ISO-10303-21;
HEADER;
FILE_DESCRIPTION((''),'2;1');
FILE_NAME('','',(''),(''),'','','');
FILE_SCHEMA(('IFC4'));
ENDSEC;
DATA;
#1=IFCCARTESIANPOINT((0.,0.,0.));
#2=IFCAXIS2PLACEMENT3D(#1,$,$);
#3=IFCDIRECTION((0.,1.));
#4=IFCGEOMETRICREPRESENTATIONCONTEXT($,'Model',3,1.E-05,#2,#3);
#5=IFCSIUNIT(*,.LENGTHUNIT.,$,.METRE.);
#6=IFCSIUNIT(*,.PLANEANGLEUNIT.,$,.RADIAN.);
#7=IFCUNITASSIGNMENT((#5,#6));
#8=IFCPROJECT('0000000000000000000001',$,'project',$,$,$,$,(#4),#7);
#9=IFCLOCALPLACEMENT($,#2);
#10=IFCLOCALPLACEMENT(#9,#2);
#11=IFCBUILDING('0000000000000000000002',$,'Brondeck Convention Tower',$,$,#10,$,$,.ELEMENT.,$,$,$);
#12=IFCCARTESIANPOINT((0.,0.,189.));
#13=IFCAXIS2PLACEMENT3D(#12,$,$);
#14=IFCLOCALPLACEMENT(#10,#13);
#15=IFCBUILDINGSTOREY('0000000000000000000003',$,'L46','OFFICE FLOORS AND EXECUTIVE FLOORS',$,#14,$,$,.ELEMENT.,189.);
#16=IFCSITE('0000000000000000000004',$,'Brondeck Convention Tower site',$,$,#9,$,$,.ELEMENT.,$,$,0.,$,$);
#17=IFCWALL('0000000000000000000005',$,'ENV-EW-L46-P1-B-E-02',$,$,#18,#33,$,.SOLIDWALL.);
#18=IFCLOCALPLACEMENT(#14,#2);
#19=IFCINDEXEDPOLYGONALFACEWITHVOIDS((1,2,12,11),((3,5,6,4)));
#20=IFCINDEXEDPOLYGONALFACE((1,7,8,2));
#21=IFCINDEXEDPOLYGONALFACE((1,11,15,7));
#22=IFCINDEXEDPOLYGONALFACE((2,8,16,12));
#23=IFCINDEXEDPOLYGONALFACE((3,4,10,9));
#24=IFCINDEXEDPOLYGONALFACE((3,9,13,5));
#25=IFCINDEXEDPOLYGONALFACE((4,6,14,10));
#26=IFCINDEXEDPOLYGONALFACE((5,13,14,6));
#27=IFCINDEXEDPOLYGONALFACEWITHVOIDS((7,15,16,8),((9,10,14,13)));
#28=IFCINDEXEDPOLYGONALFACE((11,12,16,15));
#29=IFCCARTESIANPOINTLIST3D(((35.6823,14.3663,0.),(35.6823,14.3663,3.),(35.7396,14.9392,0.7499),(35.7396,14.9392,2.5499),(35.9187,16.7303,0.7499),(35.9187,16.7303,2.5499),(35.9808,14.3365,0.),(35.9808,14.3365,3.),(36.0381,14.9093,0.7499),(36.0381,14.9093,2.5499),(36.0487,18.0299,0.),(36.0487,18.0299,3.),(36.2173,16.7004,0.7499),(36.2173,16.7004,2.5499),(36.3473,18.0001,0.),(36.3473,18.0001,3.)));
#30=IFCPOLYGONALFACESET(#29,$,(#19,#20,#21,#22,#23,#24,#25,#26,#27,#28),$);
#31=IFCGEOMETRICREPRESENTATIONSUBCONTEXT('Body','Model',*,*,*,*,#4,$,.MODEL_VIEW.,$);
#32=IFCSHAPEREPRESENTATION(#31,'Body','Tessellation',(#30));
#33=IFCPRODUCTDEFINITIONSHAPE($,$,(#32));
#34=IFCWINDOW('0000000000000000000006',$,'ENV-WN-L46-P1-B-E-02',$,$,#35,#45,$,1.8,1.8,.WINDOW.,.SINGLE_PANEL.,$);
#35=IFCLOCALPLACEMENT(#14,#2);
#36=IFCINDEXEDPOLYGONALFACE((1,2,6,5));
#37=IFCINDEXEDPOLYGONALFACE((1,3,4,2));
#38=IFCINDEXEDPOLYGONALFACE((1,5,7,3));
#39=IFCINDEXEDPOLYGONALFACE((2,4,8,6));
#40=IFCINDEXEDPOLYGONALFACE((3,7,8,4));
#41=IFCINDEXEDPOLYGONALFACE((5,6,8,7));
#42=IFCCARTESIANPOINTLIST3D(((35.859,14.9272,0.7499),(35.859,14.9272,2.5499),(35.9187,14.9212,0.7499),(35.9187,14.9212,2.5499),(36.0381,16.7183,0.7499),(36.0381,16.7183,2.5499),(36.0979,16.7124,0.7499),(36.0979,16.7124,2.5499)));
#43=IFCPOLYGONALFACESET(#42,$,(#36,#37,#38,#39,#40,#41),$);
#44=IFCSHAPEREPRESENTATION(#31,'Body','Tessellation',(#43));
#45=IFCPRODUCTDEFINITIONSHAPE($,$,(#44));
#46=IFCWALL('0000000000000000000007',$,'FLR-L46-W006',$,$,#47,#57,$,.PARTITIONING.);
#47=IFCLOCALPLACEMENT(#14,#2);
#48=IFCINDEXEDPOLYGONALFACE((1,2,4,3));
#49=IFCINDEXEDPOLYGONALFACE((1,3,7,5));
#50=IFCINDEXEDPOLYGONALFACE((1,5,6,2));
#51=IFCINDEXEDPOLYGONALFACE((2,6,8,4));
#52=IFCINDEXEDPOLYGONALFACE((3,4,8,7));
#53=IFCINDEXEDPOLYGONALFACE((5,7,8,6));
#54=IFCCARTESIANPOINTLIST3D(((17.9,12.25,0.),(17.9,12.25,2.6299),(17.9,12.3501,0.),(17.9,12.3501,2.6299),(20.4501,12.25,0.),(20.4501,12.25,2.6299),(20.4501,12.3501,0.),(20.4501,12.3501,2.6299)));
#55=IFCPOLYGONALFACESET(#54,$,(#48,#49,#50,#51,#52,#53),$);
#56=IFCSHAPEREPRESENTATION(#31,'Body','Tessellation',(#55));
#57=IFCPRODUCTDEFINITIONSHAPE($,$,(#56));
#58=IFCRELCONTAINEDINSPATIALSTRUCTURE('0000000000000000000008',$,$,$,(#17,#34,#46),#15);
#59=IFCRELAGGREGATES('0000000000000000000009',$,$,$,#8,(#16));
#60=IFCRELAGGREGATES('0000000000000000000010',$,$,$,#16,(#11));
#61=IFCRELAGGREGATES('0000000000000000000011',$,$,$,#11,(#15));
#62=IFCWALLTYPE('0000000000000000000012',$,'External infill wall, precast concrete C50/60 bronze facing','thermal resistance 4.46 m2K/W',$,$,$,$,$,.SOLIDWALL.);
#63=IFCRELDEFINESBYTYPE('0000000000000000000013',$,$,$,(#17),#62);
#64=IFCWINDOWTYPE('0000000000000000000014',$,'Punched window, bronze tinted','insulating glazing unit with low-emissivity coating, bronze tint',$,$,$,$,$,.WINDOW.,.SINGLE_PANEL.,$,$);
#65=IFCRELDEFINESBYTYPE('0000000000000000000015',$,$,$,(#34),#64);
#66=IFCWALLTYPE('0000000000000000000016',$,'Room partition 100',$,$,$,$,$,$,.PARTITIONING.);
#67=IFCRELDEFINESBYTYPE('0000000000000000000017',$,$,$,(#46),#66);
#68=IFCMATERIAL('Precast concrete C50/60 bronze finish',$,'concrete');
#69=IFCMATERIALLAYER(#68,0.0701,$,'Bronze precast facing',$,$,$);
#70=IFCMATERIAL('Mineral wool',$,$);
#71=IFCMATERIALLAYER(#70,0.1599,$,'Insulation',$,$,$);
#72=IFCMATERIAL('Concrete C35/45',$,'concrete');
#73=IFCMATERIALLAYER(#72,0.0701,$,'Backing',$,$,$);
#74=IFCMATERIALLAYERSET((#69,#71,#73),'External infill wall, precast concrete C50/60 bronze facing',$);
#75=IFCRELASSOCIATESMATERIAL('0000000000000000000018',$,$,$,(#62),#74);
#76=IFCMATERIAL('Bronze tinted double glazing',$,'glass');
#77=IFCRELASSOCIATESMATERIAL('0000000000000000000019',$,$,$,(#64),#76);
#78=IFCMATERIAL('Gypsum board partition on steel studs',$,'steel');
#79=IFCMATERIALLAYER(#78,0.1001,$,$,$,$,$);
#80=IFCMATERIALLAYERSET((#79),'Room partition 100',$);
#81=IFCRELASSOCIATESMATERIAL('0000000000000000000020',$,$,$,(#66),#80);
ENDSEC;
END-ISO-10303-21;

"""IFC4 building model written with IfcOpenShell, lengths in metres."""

from ifc_helpers import new_model, si_unit, direction, frame, frame_2d, origin, place, context, subcontext, project, spatial, rectangle, extrude, material, layer, layer_set, type_object, element, fill, save


model = new_model("IFC4")

# Units and contexts
model_context = context("Model", 3, precision=1e-05, world=origin(), true_north=direction((0.0, 1.0)))
body_context = subcontext(model_context, "Body", "Model", "MODEL_VIEW")
ifc_project = project(units=[si_unit("LENGTHUNIT", "METRE"), si_unit("PLANEANGLEUNIT", "RADIAN")], contexts=[model_context])

# Site, building, storey
site_placement = place(None, origin())
site = spatial("IfcSite", under=ifc_project, at=site_placement, Name="Brondeck Convention Tower site", CompositionType="ELEMENT", RefElevation=0.0)
building_placement = place(site_placement, origin())
building = spatial("IfcBuilding", under=site, at=building_placement, Name="Brondeck Convention Tower", CompositionType="ELEMENT")
storey_placement = place(building_placement, frame((0.0, 0.0, 189.0)))
storey = spatial("IfcBuildingStorey", under=building, at=storey_placement, Name="L46", Description="OFFICE FLOORS AND EXECUTIVE FLOORS", CompositionType="ELEMENT", Elevation=189.0)

# Shared definitions
ifc_material_1 = material(Name="Precast concrete C50/60 bronze finish", Category="concrete")
ifc_layer_1 = layer(ifc_material_1, 0.0701, Name="Bronze precast facing")
ifc_material_2 = material(Name="Mineral wool")
ifc_layer_2 = layer(ifc_material_2, 0.1599, Name="Insulation")
ifc_material_3 = material(Name="Concrete C35/45", Category="concrete")
ifc_layer_3 = layer(ifc_material_3, 0.0701, Name="Backing")
ifc_layer_set_1 = layer_set([ifc_layer_1, ifc_layer_2, ifc_layer_3], Name="External infill wall, precast concrete C50/60 bronze facing")
wall_type_1 = type_object("IfcWallType", Name="External infill wall, precast concrete C50/60 bronze facing", Description="thermal resistance 4.46 m2K/W", PredefinedType="SOLIDWALL", material=ifc_layer_set_1)
ifc_material_4 = material(Name="Bronze tinted double glazing", Category="glass")
window_type_1 = type_object("IfcWindowType", Name="Punched window, bronze tinted", Description="insulating glazing unit with low-emissivity coating, bronze tint", PartitioningType="SINGLE_PANEL", PredefinedType="WINDOW", material=ifc_material_4)

# Wall, opening, window
wall_1_placement = place(storey_placement, frame((36.198, 18.0149, 0.0), z_axis=(0.0, 0.0, 1.0), x_axis=(-0.09953, -0.995035, 0.0)))
wall_1 = element("IfcWall", 1, at=wall_1_placement, inside=storey, type_object=wall_type_1, Name="ENV-EW-L46-P1-B-E-02", PredefinedType="SOLIDWALL", context=body_context, shape_type="SweptSolid", body=[
    extrude(rectangle(XDim=3.6819, YDim=0.3, at=frame_2d((1.8408, 0.0))), origin(), (0.0, 0.0, 1.0), 3.0),
])
opening_1_placement = place(wall_1_placement, frame((1.3062, 0.0, 0.75)))
opening_1 = element("IfcOpeningElement", 2, at=opening_1_placement, cuts=wall_1, PredefinedType="OPENING", context=body_context, shape_type="SweptSolid", body=[
    extrude(rectangle(XDim=1.8, YDim=1.8, at=frame_2d((0.8999, 0.8999))), frame((0.0, 0.1599, 0.0), z_axis=(0.0, -1.0, 0.0), x_axis=(1.0, 0.0, 0.0)), (0.0, 0.0, 1.0), 0.3201),
])
window_1_placement = place(opening_1_placement, origin())
window_1 = element("IfcWindow", 3, at=window_1_placement, inside=storey, type_object=window_type_1, Name="ENV-WN-L46-P1-B-E-02", OverallHeight=1.8, OverallWidth=1.8, PartitioningType="SINGLE_PANEL", PredefinedType="WINDOW", context=body_context, shape_type="SweptSolid", body=[
    extrude(rectangle(XDim=1.8, YDim=1.8, at=frame_2d((0.8999, 0.8999))), frame((0.0, 0.03, 0.0), z_axis=(0.0, -1.0, 0.0), x_axis=(1.0, 0.0, 0.0)), (0.0, 0.0, 1.0), 0.0601),
])
fill(opening_1, window_1)

# Wall
ifc_material_5 = material(Name="Gypsum board partition on steel studs", Category="steel")
ifc_layer_4 = layer(ifc_material_5, 0.1001)
ifc_layer_set_2 = layer_set([ifc_layer_4], Name="Room partition 100")
wall_type_2 = type_object("IfcWallType", Name="Room partition 100", PredefinedType="PARTITIONING", material=ifc_layer_set_2)
wall_2_placement = place(storey_placement, frame((20.45, 12.3, 0.0), z_axis=(0.0, 0.0, 1.0), x_axis=(-1.0, 0.0, 0.0)))
element("IfcWall", 4, at=wall_2_placement, inside=storey, type_object=wall_type_2, Name="FLR-L46-W006", PredefinedType="PARTITIONING", context=body_context, shape_type="SweptSolid", body=[
    extrude(rectangle(XDim=2.55, YDim=0.1001, at=frame_2d((1.2749, 0.0))), origin(), (0.0, 0.0, 1.0), 2.6299),
])

save(model, "model.ifc")
